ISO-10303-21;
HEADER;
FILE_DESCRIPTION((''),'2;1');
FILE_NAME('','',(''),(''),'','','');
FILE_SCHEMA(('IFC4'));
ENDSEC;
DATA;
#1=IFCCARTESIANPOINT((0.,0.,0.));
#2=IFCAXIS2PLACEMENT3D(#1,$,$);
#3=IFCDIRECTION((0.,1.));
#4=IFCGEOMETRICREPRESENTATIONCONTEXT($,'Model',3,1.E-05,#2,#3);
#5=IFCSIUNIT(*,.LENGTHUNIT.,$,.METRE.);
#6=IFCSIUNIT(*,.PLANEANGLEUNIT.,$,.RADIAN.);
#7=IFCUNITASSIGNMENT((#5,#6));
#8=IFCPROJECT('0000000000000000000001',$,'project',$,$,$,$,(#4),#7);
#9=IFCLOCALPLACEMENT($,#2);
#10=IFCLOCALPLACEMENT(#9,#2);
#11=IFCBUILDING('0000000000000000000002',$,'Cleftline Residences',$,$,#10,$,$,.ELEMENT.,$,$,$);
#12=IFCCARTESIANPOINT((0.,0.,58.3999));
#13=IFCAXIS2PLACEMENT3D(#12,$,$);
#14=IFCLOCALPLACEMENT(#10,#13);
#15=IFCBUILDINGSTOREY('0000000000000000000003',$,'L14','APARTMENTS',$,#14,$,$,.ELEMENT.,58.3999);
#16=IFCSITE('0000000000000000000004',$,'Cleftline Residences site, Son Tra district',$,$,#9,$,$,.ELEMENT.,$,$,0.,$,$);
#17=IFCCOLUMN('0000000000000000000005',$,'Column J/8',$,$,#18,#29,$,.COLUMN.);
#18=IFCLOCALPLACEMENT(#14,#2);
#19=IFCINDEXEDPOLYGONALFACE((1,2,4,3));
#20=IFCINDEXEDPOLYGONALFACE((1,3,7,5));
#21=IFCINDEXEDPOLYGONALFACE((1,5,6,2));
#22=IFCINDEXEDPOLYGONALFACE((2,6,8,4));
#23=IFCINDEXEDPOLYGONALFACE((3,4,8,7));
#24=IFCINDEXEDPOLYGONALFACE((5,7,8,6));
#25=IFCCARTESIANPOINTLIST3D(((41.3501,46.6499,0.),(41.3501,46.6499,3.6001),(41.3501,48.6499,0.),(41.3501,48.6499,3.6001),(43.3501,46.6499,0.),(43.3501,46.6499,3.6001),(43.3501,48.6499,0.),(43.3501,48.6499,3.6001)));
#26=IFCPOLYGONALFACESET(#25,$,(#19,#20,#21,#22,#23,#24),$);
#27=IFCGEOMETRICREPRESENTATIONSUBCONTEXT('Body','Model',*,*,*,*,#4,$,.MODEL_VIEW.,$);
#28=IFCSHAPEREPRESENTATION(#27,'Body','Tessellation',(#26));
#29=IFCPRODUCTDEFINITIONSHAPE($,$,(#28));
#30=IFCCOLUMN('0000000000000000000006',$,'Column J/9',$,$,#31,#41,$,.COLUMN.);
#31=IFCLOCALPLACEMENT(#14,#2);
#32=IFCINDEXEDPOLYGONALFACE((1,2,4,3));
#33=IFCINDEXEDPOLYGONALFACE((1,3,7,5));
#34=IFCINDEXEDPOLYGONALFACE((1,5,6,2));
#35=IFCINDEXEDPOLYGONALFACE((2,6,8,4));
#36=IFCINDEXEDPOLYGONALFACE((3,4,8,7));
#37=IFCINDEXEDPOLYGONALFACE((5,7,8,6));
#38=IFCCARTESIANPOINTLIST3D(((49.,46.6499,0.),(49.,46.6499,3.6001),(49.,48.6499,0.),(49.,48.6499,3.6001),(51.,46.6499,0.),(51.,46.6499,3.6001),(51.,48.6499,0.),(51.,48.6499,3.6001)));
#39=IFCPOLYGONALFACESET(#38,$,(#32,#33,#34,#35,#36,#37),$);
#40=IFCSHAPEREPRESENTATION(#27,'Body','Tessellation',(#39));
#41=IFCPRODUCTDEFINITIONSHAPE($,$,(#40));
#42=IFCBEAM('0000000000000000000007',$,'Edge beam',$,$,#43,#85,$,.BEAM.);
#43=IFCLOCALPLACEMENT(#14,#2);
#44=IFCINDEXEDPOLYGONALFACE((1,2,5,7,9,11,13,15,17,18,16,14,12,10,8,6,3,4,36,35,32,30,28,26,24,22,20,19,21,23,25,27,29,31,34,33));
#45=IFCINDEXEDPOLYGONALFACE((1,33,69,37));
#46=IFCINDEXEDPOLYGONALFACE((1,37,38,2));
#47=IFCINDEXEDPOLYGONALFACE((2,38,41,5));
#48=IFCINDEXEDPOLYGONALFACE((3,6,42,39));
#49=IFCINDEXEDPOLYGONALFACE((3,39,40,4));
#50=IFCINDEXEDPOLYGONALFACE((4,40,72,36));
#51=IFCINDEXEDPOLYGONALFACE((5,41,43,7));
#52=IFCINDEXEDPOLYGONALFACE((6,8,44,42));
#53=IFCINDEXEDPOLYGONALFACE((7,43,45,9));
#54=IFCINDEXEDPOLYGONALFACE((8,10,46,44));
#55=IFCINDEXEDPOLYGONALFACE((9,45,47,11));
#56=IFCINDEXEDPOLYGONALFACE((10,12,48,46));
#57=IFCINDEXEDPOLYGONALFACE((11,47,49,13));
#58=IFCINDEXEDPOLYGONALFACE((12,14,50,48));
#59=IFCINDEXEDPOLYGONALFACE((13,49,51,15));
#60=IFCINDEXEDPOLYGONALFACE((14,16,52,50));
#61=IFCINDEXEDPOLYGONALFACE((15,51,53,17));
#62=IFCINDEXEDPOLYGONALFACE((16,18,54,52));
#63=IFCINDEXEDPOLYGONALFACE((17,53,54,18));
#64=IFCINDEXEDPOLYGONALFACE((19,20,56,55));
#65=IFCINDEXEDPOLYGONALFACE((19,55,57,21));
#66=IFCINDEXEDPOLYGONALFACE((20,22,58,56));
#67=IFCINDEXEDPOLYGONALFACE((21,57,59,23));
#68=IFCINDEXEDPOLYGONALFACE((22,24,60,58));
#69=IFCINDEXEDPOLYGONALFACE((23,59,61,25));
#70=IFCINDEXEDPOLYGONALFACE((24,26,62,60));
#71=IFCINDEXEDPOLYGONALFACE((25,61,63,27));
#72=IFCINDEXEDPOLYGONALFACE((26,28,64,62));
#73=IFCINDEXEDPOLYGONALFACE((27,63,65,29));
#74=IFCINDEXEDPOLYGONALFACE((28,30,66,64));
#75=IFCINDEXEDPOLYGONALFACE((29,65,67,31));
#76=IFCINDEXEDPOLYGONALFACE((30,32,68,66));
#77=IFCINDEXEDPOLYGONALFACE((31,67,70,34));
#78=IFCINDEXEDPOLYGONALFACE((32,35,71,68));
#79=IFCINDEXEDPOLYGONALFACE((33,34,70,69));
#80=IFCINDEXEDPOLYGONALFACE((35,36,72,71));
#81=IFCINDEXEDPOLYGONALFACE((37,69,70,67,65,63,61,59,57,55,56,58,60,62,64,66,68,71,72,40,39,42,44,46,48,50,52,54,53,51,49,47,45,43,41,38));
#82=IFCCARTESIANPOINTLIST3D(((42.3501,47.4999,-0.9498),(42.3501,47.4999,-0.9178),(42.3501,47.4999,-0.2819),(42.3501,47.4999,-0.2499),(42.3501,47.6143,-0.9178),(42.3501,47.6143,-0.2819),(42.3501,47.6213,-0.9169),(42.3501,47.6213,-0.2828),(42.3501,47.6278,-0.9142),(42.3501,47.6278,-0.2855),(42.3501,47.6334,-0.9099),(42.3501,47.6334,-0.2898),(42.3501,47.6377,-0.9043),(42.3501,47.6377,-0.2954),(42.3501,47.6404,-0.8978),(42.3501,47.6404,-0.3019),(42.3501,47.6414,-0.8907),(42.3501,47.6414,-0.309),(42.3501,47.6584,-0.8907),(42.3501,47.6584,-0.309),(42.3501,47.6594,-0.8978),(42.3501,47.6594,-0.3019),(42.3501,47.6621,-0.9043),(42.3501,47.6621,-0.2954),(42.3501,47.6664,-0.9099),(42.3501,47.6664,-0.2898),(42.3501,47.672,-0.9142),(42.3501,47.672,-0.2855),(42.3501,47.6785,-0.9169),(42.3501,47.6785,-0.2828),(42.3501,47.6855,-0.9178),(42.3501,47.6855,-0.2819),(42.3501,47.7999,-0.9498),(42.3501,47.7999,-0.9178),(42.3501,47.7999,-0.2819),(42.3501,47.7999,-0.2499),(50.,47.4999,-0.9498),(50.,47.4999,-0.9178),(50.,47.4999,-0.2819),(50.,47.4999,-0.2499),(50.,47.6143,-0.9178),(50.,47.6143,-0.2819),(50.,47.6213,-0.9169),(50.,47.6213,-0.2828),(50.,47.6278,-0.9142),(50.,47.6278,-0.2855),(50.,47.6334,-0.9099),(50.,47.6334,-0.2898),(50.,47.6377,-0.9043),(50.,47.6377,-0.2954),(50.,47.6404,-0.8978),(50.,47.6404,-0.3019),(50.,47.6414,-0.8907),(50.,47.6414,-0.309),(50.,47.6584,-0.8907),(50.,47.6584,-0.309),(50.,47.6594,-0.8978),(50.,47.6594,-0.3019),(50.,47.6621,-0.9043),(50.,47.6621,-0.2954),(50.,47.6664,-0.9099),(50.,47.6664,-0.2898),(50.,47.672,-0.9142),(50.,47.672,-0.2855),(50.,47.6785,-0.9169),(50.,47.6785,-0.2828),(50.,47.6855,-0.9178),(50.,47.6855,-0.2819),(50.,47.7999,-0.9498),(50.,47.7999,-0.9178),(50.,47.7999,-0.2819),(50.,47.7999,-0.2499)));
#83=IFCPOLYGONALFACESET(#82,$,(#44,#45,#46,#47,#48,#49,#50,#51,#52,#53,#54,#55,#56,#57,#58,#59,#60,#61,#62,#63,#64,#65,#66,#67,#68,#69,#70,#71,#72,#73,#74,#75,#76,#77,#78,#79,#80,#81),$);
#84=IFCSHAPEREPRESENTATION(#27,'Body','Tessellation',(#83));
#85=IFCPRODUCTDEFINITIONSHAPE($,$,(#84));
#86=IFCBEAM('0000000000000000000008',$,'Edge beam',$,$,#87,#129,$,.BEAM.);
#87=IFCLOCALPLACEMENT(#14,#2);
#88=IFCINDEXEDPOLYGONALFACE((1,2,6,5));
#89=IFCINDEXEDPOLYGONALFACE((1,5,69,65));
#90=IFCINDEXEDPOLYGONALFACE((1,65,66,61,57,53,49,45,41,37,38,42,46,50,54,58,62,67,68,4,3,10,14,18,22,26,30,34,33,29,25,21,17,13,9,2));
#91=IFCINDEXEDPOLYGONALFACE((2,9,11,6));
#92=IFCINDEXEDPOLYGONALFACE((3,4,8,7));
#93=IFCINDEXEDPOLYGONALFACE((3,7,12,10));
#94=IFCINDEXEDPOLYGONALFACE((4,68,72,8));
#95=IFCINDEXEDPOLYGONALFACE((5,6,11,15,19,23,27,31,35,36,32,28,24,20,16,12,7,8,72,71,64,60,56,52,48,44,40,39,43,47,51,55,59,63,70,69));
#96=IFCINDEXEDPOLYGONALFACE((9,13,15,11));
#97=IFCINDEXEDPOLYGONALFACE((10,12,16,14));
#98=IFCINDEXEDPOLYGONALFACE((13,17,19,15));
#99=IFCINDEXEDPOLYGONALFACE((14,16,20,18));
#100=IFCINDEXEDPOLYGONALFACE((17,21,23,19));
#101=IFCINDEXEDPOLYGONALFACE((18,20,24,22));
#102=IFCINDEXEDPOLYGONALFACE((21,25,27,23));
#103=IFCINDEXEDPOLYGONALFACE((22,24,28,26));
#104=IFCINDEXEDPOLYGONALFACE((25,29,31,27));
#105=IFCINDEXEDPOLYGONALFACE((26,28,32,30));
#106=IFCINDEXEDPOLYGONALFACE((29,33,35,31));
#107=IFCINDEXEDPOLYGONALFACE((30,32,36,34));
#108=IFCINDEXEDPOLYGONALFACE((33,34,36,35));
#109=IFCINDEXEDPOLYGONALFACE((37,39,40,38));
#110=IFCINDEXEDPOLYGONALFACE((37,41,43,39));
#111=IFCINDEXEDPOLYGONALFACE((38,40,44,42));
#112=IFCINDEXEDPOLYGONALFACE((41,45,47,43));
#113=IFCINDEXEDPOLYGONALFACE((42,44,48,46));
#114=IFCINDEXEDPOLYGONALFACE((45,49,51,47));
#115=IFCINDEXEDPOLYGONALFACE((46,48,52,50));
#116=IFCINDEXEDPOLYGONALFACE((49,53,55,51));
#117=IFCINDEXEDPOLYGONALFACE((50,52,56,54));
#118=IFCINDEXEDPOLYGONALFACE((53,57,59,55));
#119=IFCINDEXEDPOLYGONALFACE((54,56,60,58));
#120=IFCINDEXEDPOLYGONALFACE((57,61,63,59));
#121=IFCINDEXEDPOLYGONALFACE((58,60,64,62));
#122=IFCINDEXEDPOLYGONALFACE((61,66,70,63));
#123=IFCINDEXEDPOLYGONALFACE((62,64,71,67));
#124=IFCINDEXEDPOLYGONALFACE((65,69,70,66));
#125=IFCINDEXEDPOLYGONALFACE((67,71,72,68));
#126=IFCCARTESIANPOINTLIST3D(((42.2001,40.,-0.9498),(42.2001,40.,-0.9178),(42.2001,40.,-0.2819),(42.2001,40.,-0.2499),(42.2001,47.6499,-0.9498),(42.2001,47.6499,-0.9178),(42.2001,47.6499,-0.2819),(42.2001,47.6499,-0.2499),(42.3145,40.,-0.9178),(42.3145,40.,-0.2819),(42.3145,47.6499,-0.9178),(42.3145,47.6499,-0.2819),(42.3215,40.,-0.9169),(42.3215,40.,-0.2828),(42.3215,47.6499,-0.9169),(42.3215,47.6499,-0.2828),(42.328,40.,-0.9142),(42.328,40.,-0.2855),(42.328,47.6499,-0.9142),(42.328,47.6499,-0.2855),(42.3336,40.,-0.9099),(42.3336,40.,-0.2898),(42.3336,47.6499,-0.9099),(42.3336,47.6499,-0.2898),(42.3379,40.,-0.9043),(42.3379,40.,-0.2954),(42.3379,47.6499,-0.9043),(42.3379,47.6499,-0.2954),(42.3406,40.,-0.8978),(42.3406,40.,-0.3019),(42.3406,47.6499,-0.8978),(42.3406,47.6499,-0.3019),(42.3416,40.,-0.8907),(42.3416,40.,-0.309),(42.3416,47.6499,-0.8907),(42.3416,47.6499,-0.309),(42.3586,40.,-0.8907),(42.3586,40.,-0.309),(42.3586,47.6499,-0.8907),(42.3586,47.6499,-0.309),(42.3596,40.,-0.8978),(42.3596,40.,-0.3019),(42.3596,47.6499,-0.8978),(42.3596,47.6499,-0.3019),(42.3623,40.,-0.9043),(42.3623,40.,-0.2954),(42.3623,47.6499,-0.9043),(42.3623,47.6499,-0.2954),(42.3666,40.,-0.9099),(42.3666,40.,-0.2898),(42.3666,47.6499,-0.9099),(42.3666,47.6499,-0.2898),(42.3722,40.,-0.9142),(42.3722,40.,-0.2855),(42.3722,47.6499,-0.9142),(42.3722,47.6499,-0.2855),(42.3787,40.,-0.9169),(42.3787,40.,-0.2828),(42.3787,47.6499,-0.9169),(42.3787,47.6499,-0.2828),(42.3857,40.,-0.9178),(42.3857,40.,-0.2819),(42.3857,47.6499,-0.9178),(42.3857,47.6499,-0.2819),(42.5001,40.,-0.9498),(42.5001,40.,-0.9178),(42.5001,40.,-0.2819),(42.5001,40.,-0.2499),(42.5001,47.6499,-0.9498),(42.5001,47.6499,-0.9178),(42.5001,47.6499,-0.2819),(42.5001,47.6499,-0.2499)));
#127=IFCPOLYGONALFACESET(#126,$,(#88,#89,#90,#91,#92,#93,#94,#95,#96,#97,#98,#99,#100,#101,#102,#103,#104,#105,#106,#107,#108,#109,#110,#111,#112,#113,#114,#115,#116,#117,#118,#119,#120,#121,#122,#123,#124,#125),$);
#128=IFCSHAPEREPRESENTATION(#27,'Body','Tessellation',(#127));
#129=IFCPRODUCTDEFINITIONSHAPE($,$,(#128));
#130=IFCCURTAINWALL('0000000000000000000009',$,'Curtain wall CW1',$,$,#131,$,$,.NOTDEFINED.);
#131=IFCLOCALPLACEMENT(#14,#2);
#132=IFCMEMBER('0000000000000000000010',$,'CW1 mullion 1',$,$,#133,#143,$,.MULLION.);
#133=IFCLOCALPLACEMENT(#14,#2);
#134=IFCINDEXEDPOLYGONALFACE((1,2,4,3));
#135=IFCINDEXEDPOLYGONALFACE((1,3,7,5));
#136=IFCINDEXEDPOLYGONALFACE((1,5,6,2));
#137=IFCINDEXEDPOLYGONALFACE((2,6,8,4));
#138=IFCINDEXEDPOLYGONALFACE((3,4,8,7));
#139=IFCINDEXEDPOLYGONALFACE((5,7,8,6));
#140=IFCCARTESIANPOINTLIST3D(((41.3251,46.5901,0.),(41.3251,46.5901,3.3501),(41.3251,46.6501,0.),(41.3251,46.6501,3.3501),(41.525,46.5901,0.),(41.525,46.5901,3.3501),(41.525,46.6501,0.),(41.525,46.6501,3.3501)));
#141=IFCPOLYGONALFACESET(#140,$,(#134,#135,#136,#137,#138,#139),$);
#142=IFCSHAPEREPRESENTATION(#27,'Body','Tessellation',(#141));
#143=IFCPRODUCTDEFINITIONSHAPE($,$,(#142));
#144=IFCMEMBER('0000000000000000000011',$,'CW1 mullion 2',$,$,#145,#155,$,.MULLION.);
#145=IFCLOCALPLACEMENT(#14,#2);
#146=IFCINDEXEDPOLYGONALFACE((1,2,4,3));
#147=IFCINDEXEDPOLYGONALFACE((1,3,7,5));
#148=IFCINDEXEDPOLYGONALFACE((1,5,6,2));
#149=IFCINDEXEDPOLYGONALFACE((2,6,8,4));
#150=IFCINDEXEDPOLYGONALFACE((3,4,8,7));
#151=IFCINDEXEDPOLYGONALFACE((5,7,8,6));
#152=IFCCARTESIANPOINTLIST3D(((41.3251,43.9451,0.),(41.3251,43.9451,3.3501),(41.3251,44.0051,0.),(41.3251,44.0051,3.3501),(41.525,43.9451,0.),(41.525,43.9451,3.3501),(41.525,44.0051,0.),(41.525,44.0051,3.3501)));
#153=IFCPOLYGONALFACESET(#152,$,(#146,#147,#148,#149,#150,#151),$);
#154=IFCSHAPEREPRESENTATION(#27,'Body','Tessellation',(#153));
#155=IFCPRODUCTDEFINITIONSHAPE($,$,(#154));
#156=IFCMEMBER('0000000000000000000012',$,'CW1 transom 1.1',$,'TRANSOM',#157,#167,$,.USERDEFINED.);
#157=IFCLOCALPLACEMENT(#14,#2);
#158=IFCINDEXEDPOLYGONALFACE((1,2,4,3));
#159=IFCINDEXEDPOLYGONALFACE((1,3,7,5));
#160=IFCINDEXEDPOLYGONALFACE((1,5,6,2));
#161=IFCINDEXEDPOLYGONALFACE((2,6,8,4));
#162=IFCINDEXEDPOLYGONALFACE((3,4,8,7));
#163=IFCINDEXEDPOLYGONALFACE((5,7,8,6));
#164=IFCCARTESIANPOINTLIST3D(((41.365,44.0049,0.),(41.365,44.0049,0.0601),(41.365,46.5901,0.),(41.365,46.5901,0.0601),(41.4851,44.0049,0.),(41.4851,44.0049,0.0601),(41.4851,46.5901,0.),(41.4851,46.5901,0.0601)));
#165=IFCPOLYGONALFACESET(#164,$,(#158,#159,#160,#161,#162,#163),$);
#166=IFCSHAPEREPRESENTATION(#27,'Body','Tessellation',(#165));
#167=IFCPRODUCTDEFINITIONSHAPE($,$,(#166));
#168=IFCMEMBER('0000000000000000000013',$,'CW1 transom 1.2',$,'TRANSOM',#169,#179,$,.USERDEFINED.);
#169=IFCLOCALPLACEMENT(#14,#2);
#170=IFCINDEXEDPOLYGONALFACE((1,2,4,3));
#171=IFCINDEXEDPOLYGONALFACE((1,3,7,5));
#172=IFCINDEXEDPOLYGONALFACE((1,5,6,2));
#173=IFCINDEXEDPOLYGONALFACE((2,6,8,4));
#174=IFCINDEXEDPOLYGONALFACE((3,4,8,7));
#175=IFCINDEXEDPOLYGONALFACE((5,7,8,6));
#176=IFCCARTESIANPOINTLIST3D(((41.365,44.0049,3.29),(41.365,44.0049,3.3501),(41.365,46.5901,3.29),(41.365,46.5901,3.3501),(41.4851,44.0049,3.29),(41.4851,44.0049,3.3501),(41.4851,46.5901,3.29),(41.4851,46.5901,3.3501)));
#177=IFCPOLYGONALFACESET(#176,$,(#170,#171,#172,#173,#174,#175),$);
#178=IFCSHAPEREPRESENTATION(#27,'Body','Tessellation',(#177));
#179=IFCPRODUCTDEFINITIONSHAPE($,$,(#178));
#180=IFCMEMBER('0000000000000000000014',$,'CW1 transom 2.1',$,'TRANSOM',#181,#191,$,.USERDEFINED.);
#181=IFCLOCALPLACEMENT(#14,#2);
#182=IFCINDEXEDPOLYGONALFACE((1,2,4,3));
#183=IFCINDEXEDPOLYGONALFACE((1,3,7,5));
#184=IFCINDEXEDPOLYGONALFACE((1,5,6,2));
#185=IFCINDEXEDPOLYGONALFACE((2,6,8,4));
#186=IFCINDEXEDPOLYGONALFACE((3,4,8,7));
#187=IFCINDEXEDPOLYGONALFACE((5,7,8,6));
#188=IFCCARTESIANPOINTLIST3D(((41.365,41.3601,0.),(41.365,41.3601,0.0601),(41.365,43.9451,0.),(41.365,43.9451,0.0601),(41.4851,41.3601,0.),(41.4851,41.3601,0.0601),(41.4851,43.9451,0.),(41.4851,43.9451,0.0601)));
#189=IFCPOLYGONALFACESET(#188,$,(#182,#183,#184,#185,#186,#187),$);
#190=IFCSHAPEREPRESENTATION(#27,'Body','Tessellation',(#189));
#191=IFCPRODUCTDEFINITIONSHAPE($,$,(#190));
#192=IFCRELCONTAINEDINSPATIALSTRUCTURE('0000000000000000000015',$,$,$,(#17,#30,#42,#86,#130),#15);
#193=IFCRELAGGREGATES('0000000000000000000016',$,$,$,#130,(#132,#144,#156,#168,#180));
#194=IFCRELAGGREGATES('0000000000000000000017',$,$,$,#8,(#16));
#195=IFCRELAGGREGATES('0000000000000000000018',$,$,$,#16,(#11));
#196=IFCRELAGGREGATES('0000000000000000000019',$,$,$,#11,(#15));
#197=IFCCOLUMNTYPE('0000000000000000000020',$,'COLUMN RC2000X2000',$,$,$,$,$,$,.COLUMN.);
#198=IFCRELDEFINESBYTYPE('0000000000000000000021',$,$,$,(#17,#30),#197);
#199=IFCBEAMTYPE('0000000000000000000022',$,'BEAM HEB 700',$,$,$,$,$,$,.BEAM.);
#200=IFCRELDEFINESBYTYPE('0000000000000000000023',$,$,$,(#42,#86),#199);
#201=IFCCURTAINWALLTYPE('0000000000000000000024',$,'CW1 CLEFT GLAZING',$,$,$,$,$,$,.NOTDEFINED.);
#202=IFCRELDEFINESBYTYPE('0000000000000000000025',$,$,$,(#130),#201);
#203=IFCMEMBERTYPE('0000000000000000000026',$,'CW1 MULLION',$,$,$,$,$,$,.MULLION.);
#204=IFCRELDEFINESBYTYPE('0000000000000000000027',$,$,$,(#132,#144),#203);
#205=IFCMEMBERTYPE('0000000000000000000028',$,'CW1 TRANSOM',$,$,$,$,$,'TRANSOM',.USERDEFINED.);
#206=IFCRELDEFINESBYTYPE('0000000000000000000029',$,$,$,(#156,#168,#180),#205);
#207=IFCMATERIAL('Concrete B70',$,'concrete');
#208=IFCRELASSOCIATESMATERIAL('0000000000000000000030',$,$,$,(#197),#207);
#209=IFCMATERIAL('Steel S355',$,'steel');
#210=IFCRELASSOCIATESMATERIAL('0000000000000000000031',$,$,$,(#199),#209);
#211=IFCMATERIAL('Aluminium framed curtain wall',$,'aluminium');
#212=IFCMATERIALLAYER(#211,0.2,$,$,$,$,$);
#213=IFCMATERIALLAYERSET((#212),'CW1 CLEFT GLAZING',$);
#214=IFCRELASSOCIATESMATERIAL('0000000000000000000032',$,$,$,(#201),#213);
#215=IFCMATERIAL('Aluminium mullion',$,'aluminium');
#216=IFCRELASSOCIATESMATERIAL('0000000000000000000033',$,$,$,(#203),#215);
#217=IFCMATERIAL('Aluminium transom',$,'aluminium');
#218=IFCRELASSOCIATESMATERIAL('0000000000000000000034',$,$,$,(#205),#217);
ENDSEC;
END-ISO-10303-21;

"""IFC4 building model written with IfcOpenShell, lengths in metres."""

from ifc_helpers import new_model, si_unit, direction, frame, origin, origin_2d, place, context, subcontext, project, spatial, rectangle, i_section, extrude, material, layer, layer_set, material_profile, profile_set, type_object, element, aggregate, save


model = new_model("IFC4")

# Units and contexts
model_context = context("Model", 3, precision=1e-05, world=origin(), true_north=direction((0.0, 1.0)))
body_context = subcontext(model_context, "Body", "Model", "MODEL_VIEW")
ifc_project = project(units=[si_unit("LENGTHUNIT", "METRE"), si_unit("PLANEANGLEUNIT", "RADIAN")], contexts=[model_context])

# Site, building, storey
site_placement = place(None, origin())
site = spatial("IfcSite", under=ifc_project, at=site_placement, Name="Cleftline Residences site, Son Tra district", CompositionType="ELEMENT", RefElevation=0.0)
building_placement = place(site_placement, origin())
building = spatial("IfcBuilding", under=site, at=building_placement, Name="Cleftline Residences", CompositionType="ELEMENT")
storey_placement = place(building_placement, frame((0.0, 0.0, 58.3999)))
storey = spatial("IfcBuildingStorey", under=building, at=storey_placement, Name="L14", Description="APARTMENTS", CompositionType="ELEMENT", Elevation=58.3999)

# Columns
ifc_material_1 = material(Name="Concrete B70", Category="concrete")
ifc_material_profile_1 = material_profile(ifc_material_1, rectangle(XDim=2.0, YDim=2.0, at=origin_2d()))
ifc_profile_set_1 = profile_set([ifc_material_profile_1], Name="Concrete B70")
column_type = type_object("IfcColumnType", Name="COLUMN RC2000X2000", PredefinedType="COLUMN", material=ifc_profile_set_1)
for number, where, z_axis, x_axis, name in (
    (1, (42.3501, 47.6499, 0.0), (0.0, 0.0, 1.0), (1.0, 0.0, 0.0), "Column J/8"),
    (2, (50.0, 47.6499, 0.0), (0.0, 0.0, 1.0), (1.0, 0.0, 0.0), "Column J/9"),
):
    element("IfcColumn", number, at=place(storey_placement, frame(where, z_axis=z_axis, x_axis=x_axis)), inside=storey, type_object=column_type, Name=name, PredefinedType="COLUMN", context=body_context, shape_type="SweptSolid", body=[
        extrude(rectangle(XDim=2.0, YDim=2.0, at=origin_2d()), origin(), (0.0, 0.0, 1.0), 3.6001),
    ])

# Beams
ifc_material_2 = material(Name="Steel S355", Category="steel")
ifc_material_profile_2 = material_profile(ifc_material_2, i_section(OverallWidth=0.3, OverallDepth=0.7, WebThickness=0.0171, FlangeThickness=0.032, FilletRadius=0.0271, at=origin_2d()))
ifc_profile_set_2 = profile_set([ifc_material_profile_2], Name="Steel S355")
beam_type = type_object("IfcBeamType", Name="BEAM HEB 700", PredefinedType="BEAM", material=ifc_profile_set_2)
for number, where, z_axis, x_axis, name in (
    (3, (50.0, 47.6499, -0.5999), (-1.0, 0.0, 0.0), (0.0, -1.0, 0.0), "Edge beam"),
    (4, (42.3501, 47.6499, -0.5999), (0.0, -1.0, 0.0), (1.0, 0.0, 0.0), "Edge beam"),
):
    element("IfcBeam", number, at=place(storey_placement, frame(where, z_axis=z_axis, x_axis=x_axis)), inside=storey, type_object=beam_type, Name=name, PredefinedType="BEAM", context=body_context, shape_type="SweptSolid", body=[
        extrude(i_section(OverallWidth=0.3, OverallDepth=0.7, WebThickness=0.0171, FlangeThickness=0.032, FilletRadius=0.0271, at=origin_2d()), origin(), (0.0, 0.0, 1.0), 7.6499),
    ])

# Curtain wall, members
ifc_material_3 = material(Name="Aluminium framed curtain wall", Category="aluminium")
ifc_layer_1 = layer(ifc_material_3, 0.2)
ifc_layer_set_1 = layer_set([ifc_layer_1], Name="CW1 CLEFT GLAZING")
curtain_wall_type = type_object("IfcCurtainWallType", Name="CW1 CLEFT GLAZING", PredefinedType="NOTDEFINED", material=ifc_layer_set_1)
curtain_wall_placement = place(storey_placement, origin())
curtain_wall = element("IfcCurtainWall", 5, at=curtain_wall_placement, inside=storey, type_object=curtain_wall_type, Name="Curtain wall CW1", PredefinedType="NOTDEFINED")
ifc_material_4 = material(Name="Aluminium mullion", Category="aluminium")
ifc_material_profile_3 = material_profile(ifc_material_4, rectangle(XDim=0.2, YDim=0.0601, at=origin_2d()))
ifc_profile_set_3 = profile_set([ifc_material_profile_3], Name="Aluminium mullion")
member_type_1 = type_object("IfcMemberType", Name="CW1 MULLION", PredefinedType="MULLION", material=ifc_profile_set_3)
member_1_placement = place(storey_placement, frame((41.425, 46.6201, 0.0), z_axis=(0.0, 0.0, 1.0), x_axis=(1.0, 0.0, 0.0)))
member_1 = element("IfcMember", 6, at=member_1_placement, type_object=member_type_1, Name="CW1 mullion 1", PredefinedType="MULLION", context=body_context, shape_type="SweptSolid", body=[
    extrude(rectangle(XDim=0.2, YDim=0.0601, at=origin_2d()), origin(), (0.0, 0.0, 1.0), 3.3501),
])
member_2_placement = place(storey_placement, frame((41.425, 43.9751, 0.0), z_axis=(0.0, 0.0, 1.0), x_axis=(1.0, 0.0, 0.0)))
member_2 = element("IfcMember", 7, at=member_2_placement, type_object=member_type_1, Name="CW1 mullion 2", PredefinedType="MULLION", context=body_context, shape_type="SweptSolid", body=[
    extrude(rectangle(XDim=0.2, YDim=0.0601, at=origin_2d()), origin(), (0.0, 0.0, 1.0), 3.3501),
])
ifc_material_5 = material(Name="Aluminium transom", Category="aluminium")
ifc_material_profile_4 = material_profile(ifc_material_5, rectangle(XDim=0.1201, YDim=0.0601, at=origin_2d()))
ifc_profile_set_4 = profile_set([ifc_material_profile_4], Name="Aluminium transom")
member_type_2 = type_object("IfcMemberType", Name="CW1 TRANSOM", ElementType="TRANSOM", PredefinedType="USERDEFINED", material=ifc_profile_set_4)
member_3_placement = place(storey_placement, frame((41.425, 46.5901, 0.03), z_axis=(0.0, -1.0, 0.0), x_axis=(1.0, 0.0, 0.0)))
member_3 = element("IfcMember", 8, at=member_3_placement, type_object=member_type_2, Name="CW1 transom 1.1", ObjectType="TRANSOM", PredefinedType="USERDEFINED", context=body_context, shape_type="SweptSolid", body=[
    extrude(rectangle(XDim=0.1201, YDim=0.0601, at=origin_2d()), origin(), (0.0, 0.0, 1.0), 2.5852),
])
member_4_placement = place(storey_placement, frame((41.425, 46.5901, 3.3201), z_axis=(0.0, -1.0, 0.0), x_axis=(1.0, 0.0, 0.0)))
member_4 = element("IfcMember", 9, at=member_4_placement, type_object=member_type_2, Name="CW1 transom 1.2", ObjectType="TRANSOM", PredefinedType="USERDEFINED", context=body_context, shape_type="SweptSolid", body=[
    extrude(rectangle(XDim=0.1201, YDim=0.0601, at=origin_2d()), origin(), (0.0, 0.0, 1.0), 2.5852),
])
member_5_placement = place(storey_placement, frame((41.425, 43.9451, 0.03), z_axis=(0.0, -1.0, 0.0), x_axis=(1.0, 0.0, 0.0)))
member_5 = element("IfcMember", 10, at=member_5_placement, type_object=member_type_2, Name="CW1 transom 2.1", ObjectType="TRANSOM", PredefinedType="USERDEFINED", context=body_context, shape_type="SweptSolid", body=[
    extrude(rectangle(XDim=0.1201, YDim=0.0601, at=origin_2d()), origin(), (0.0, 0.0, 1.0), 2.585),
])
aggregate(curtain_wall, [member_1, member_2, member_3, member_4, member_5])

save(model, "model.ifc")
